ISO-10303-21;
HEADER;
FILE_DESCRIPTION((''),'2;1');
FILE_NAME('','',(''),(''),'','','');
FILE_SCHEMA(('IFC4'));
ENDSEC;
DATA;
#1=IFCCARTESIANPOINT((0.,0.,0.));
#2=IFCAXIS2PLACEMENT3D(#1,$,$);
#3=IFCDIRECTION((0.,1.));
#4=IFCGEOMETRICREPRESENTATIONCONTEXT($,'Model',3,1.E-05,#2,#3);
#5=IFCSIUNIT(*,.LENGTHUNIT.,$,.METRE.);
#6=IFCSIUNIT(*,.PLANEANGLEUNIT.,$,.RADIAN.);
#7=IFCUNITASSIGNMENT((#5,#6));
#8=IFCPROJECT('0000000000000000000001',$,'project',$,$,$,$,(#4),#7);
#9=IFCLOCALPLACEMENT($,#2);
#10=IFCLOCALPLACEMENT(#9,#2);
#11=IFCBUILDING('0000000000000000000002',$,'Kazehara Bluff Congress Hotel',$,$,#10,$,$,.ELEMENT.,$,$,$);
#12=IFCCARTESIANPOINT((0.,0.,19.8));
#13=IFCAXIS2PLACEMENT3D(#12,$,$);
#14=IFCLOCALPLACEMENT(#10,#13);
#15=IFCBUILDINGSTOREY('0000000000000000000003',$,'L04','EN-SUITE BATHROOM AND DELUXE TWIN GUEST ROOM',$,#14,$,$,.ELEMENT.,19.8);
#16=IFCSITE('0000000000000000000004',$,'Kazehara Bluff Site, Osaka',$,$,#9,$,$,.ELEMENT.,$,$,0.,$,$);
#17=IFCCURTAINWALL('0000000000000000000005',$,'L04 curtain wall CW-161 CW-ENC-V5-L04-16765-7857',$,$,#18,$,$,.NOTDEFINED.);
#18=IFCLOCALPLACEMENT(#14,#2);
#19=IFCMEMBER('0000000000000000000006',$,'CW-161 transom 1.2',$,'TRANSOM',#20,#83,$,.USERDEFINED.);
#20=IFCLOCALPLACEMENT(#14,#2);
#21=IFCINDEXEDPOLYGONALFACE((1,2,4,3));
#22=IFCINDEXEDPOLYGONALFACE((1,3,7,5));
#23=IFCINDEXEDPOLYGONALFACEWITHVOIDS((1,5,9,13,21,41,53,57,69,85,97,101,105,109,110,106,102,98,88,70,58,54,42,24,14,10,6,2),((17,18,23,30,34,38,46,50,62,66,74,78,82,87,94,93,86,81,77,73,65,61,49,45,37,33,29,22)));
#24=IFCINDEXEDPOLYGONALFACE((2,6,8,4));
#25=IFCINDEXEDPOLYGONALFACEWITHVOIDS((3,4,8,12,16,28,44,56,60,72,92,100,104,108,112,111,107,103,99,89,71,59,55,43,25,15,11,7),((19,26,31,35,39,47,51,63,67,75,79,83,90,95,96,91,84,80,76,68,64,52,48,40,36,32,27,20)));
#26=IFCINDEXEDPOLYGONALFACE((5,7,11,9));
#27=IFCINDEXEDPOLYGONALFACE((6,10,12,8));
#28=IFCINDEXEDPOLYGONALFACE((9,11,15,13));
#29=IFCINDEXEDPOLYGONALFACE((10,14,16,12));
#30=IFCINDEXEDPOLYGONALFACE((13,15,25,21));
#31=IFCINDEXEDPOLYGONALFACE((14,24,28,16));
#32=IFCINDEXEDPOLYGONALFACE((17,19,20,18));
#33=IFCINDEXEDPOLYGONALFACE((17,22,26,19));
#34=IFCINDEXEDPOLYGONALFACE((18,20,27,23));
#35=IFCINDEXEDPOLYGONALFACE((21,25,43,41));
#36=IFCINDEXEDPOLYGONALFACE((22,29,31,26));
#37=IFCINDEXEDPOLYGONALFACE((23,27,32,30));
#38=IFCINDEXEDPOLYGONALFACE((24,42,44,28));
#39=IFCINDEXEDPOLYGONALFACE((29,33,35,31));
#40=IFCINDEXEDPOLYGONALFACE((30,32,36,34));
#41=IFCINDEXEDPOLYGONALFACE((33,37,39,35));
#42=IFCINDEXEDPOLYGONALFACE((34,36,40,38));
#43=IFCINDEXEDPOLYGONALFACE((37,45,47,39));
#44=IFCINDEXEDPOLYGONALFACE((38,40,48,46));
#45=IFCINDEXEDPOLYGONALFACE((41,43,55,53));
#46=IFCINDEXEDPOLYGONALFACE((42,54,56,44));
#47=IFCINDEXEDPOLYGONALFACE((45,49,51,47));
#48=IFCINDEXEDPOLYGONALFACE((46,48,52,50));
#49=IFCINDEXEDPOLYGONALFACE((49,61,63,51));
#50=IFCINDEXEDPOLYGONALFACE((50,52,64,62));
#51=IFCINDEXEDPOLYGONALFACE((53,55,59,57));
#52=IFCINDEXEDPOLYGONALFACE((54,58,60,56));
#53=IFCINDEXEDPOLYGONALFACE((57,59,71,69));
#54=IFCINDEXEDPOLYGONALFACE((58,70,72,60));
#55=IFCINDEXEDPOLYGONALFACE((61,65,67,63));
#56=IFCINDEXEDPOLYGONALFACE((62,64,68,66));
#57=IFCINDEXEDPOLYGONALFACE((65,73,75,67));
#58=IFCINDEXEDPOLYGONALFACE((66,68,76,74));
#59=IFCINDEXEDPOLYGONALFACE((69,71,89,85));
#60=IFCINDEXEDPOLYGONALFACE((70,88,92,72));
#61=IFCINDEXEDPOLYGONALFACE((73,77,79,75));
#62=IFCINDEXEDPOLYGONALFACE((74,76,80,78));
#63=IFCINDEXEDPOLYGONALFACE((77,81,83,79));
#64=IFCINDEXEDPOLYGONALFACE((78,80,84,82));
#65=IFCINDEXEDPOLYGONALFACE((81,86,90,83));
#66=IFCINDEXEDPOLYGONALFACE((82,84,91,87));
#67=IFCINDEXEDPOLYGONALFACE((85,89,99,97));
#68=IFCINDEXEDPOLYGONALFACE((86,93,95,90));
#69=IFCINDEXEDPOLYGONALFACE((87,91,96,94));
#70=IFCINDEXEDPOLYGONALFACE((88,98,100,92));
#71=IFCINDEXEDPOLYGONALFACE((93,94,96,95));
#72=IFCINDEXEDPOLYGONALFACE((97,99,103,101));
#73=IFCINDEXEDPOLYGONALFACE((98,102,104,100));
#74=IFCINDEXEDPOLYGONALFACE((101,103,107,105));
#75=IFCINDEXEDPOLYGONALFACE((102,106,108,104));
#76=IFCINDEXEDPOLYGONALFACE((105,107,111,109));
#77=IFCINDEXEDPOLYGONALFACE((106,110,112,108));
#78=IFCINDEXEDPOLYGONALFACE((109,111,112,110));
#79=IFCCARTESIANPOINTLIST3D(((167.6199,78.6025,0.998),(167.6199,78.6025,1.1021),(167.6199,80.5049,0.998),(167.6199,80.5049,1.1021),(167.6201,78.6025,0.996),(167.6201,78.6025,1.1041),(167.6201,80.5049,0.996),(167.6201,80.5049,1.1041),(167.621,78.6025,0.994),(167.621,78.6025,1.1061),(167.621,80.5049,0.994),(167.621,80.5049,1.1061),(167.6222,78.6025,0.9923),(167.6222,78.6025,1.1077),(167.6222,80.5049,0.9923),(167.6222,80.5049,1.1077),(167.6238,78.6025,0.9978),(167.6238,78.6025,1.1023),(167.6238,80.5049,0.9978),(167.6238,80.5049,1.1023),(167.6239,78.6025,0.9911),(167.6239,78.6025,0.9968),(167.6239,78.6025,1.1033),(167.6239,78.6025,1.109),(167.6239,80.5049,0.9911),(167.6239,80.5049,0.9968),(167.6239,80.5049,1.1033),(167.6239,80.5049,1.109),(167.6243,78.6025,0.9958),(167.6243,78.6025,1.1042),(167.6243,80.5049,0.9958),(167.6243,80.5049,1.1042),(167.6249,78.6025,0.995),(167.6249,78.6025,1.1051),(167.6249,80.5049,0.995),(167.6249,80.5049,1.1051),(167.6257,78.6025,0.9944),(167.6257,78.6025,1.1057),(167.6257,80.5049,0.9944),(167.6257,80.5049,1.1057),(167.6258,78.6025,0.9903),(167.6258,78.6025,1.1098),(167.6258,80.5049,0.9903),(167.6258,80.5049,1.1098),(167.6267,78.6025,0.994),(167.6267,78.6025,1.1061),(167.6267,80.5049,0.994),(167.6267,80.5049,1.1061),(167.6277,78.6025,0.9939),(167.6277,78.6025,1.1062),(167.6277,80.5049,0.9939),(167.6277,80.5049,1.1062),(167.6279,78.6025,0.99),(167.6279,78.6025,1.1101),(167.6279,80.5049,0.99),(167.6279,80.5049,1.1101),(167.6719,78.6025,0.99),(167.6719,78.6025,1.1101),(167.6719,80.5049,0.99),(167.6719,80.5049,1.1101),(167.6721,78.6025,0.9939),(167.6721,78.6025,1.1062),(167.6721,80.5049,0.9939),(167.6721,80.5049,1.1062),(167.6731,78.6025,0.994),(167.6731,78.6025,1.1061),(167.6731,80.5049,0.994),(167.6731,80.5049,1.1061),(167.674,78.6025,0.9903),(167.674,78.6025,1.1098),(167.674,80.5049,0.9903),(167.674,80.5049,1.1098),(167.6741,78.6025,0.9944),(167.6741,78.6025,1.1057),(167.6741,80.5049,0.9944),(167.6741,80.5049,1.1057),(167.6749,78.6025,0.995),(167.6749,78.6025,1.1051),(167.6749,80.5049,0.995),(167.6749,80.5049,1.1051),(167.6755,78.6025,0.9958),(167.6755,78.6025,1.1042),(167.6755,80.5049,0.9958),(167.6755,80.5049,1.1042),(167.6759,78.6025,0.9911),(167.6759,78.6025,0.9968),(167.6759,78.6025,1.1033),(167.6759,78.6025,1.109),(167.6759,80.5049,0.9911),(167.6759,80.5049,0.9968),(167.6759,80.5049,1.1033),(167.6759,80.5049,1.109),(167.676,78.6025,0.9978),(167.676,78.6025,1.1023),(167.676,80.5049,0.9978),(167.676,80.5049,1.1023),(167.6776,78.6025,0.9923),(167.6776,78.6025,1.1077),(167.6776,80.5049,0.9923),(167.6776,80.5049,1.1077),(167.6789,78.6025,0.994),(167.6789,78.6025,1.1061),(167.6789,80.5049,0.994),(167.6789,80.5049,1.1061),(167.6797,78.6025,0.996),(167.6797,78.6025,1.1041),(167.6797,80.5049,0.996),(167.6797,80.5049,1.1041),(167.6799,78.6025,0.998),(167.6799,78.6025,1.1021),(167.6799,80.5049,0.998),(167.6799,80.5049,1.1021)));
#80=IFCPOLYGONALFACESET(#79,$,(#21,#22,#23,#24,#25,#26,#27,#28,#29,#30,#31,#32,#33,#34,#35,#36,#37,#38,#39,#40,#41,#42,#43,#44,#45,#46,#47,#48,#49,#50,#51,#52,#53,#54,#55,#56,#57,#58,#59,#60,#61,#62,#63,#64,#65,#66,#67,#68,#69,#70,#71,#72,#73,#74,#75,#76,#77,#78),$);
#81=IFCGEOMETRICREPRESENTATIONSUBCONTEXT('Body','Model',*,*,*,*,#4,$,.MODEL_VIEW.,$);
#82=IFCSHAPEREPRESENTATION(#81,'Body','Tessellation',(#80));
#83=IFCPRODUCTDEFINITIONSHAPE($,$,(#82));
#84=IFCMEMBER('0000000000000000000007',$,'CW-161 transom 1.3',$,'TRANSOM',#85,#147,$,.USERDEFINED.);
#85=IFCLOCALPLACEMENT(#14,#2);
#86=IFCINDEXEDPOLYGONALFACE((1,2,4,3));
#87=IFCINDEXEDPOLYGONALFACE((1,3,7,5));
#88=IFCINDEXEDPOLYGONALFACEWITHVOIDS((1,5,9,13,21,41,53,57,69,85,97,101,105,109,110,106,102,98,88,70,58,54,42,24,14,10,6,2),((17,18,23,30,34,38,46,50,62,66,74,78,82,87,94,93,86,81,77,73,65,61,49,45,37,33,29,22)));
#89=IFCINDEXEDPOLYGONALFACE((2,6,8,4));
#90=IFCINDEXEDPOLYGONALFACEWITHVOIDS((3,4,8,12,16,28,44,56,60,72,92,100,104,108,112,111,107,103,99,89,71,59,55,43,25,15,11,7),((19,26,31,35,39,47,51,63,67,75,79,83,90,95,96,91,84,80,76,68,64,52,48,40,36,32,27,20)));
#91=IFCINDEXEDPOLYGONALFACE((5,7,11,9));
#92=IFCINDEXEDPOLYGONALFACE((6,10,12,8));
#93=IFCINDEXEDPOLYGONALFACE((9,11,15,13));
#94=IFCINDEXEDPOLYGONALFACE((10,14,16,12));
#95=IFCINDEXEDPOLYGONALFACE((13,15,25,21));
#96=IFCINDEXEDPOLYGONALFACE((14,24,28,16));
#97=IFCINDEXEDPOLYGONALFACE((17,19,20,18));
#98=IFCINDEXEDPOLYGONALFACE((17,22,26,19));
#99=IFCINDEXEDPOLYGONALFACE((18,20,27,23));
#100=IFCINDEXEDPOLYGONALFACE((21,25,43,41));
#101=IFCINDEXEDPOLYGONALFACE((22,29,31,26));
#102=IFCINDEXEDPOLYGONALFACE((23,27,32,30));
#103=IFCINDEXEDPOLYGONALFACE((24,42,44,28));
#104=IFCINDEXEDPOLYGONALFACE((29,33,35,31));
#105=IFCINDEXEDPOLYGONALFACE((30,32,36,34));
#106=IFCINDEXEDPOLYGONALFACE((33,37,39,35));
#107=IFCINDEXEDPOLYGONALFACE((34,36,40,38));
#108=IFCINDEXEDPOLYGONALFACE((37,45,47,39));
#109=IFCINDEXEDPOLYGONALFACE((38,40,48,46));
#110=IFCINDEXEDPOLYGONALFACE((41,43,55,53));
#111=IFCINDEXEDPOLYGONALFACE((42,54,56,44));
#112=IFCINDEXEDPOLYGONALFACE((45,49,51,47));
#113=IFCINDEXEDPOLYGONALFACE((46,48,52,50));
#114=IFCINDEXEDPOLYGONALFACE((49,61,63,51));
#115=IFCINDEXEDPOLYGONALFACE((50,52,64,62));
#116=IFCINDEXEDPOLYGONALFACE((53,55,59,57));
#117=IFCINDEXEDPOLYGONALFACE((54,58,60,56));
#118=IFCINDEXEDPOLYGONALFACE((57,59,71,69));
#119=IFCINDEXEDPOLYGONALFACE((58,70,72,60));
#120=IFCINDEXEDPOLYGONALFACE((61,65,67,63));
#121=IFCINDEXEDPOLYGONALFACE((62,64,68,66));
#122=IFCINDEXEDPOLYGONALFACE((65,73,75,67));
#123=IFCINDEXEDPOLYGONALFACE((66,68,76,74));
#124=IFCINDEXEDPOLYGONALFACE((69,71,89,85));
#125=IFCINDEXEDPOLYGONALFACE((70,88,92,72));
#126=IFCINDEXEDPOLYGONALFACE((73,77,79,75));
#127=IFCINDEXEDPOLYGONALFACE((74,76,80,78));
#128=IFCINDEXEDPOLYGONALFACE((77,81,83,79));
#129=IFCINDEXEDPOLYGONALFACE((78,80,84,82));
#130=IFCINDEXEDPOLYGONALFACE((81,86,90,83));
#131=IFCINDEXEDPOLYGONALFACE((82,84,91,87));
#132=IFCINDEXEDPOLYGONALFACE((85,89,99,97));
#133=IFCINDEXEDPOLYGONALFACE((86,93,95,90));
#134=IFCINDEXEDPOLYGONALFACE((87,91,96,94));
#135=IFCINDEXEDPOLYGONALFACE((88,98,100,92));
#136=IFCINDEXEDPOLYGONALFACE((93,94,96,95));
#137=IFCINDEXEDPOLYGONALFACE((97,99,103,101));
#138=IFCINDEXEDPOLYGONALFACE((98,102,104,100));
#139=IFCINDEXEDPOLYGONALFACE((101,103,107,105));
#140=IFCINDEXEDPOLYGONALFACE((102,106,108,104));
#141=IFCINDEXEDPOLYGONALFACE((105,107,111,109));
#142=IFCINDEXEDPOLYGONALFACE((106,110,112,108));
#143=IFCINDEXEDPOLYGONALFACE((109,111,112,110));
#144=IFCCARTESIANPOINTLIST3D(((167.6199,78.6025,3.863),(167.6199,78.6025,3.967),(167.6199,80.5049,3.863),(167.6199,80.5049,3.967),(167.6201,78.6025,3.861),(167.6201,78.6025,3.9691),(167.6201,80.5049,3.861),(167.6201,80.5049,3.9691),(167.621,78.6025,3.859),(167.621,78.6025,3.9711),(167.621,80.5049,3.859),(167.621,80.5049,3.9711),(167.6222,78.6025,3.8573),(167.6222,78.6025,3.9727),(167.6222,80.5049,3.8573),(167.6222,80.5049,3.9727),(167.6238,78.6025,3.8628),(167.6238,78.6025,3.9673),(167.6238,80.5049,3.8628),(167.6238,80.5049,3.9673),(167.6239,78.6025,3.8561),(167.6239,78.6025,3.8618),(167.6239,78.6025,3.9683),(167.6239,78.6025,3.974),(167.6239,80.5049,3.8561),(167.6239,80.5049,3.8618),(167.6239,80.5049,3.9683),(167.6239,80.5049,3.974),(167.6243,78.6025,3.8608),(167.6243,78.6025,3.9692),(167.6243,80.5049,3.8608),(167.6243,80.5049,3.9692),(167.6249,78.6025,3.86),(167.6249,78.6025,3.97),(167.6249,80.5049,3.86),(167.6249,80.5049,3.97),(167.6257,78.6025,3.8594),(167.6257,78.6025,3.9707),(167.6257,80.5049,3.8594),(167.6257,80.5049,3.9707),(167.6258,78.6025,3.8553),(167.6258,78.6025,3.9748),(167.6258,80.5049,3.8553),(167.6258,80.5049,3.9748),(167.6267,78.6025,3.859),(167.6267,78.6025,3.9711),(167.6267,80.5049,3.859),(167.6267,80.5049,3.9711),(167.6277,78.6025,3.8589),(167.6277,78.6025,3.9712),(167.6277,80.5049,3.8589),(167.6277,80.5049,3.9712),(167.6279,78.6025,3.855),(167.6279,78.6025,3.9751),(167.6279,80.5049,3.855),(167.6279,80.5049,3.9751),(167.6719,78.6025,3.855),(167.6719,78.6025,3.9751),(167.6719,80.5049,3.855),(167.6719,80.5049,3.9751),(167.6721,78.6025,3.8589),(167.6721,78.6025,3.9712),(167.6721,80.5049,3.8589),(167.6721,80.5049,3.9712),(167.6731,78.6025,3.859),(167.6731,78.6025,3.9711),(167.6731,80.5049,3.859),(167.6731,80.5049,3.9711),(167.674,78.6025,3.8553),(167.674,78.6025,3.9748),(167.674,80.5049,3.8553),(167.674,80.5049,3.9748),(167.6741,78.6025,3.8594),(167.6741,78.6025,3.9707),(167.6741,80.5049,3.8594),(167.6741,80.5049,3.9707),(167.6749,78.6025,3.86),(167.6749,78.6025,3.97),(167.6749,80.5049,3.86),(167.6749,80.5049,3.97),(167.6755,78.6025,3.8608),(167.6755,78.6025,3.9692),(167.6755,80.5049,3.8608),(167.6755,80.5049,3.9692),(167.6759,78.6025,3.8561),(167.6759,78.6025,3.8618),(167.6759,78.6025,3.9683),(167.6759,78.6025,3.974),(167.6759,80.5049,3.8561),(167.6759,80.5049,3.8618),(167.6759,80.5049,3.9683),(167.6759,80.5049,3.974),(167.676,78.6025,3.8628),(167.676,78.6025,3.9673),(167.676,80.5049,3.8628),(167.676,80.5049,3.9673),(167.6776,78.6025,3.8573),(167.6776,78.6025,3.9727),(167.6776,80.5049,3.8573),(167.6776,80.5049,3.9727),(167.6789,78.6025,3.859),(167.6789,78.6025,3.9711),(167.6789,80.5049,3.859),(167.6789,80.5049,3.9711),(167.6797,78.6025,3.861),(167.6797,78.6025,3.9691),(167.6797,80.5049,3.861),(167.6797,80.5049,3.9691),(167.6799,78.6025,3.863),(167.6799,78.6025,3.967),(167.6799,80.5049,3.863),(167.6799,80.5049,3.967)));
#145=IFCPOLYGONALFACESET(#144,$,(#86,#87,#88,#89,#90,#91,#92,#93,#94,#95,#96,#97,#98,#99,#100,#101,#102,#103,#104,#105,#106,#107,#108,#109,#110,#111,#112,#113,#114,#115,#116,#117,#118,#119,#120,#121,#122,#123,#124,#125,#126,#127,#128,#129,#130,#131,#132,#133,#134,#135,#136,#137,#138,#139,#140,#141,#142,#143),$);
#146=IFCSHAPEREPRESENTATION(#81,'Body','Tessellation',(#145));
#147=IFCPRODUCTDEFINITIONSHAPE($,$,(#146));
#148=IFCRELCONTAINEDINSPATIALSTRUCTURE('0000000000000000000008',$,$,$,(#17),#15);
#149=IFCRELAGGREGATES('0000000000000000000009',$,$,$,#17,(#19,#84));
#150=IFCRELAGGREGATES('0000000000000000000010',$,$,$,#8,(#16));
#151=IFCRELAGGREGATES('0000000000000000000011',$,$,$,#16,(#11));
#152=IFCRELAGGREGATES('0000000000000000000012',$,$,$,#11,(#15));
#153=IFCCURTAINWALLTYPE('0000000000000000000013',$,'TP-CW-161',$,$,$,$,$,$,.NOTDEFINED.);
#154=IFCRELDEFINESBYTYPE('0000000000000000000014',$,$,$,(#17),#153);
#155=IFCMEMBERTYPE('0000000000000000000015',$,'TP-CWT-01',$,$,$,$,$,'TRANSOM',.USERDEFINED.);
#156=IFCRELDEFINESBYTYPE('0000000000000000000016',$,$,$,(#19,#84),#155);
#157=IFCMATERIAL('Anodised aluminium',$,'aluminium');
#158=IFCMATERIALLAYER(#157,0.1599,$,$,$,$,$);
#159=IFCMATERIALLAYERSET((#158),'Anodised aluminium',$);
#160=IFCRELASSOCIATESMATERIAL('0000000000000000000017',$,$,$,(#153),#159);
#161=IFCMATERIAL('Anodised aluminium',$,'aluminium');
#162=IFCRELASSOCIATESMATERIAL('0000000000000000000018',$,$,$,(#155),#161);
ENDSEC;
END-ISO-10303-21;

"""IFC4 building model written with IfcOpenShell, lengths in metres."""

from ifc_helpers import new_model, si_unit, direction, frame, origin, origin_2d, place, context, subcontext, project, spatial, hollow_rectangle, extrude, material, layer, layer_set, material_profile, profile_set, type_object, element, aggregate, save


model = new_model("IFC4")

# Units and contexts
model_context = context("Model", 3, precision=1e-05, world=origin(), true_north=direction((0.0, 1.0)))
body_context = subcontext(model_context, "Body", "Model", "MODEL_VIEW")
ifc_project = project(units=[si_unit("LENGTHUNIT", "METRE"), si_unit("PLANEANGLEUNIT", "RADIAN")], contexts=[model_context])

# Site, building, storey
site_placement = place(None, origin())
site = spatial("IfcSite", under=ifc_project, at=site_placement, Name="Kazehara Bluff Site, Osaka", CompositionType="ELEMENT", RefElevation=0.0)
building_placement = place(site_placement, origin())
building = spatial("IfcBuilding", under=site, at=building_placement, Name="Kazehara Bluff Congress Hotel", CompositionType="ELEMENT")
storey_placement = place(building_placement, frame((0.0, 0.0, 19.8)))
storey = spatial("IfcBuildingStorey", under=building, at=storey_placement, Name="L04", Description="EN-SUITE BATHROOM AND DELUXE TWIN GUEST ROOM", CompositionType="ELEMENT", Elevation=19.8)

# Curtain wall, members
ifc_material_1 = material(Name="Anodised aluminium", Category="aluminium")
ifc_layer_1 = layer(ifc_material_1, 0.1599)
ifc_layer_set_1 = layer_set([ifc_layer_1], Name="Anodised aluminium")
curtain_wall_type_1 = type_object("IfcCurtainWallType", Name="TP-CW-161", PredefinedType="NOTDEFINED", material=ifc_layer_set_1)
curtain_wall_1_placement = place(storey_placement, origin())
curtain_wall_1 = element("IfcCurtainWall", 1, at=curtain_wall_1_placement, inside=storey, type_object=curtain_wall_type_1, Name="L04 curtain wall CW-161 CW-ENC-V5-L04-16765-7857", PredefinedType="NOTDEFINED")
ifc_material_2 = material(Name="Anodised aluminium", Category="aluminium")
ifc_material_profile_1 = material_profile(ifc_material_2, hollow_rectangle(XDim=0.0601, YDim=0.1201, WallThickness=0.0039, InnerFilletRadius=0.0039, OuterFilletRadius=0.0081, at=origin_2d()))
ifc_profile_set_1 = profile_set([ifc_material_profile_1], Name="Anodised aluminium")
member_type_1 = type_object("IfcMemberType", Name="TP-CWT-01", ElementType="TRANSOM", PredefinedType="USERDEFINED", material=ifc_profile_set_1)
member_1_placement = place(storey_placement, frame((167.6499, 80.5049, 1.05), z_axis=(0.0, -1.0, 0.0), x_axis=(1.0, 0.0, 0.0)))
member_1 = element("IfcMember", 2, at=member_1_placement, type_object=member_type_1, Name="CW-161 transom 1.2", ObjectType="TRANSOM", PredefinedType="USERDEFINED", context=body_context, shape_type="SweptSolid", body=[
    extrude(hollow_rectangle(XDim=0.0601, YDim=0.1201, WallThickness=0.0039, InnerFilletRadius=0.0039, OuterFilletRadius=0.0081, at=origin_2d()), origin(), (0.0, 0.0, 1.0), 1.9023),
])
member_2_placement = place(storey_placement, frame((167.6499, 80.5049, 3.915), z_axis=(0.0, -1.0, 0.0), x_axis=(1.0, 0.0, 0.0)))
member_2 = element("IfcMember", 3, at=member_2_placement, type_object=member_type_1, Name="CW-161 transom 1.3", ObjectType="TRANSOM", PredefinedType="USERDEFINED", context=body_context, shape_type="SweptSolid", body=[
    extrude(hollow_rectangle(XDim=0.0601, YDim=0.1201, WallThickness=0.0039, InnerFilletRadius=0.0039, OuterFilletRadius=0.0081, at=origin_2d()), origin(), (0.0, 0.0, 1.0), 1.9023),
])

aggregate(curtain_wall_1, [member_1, member_2])

save(model, "model.ifc")
